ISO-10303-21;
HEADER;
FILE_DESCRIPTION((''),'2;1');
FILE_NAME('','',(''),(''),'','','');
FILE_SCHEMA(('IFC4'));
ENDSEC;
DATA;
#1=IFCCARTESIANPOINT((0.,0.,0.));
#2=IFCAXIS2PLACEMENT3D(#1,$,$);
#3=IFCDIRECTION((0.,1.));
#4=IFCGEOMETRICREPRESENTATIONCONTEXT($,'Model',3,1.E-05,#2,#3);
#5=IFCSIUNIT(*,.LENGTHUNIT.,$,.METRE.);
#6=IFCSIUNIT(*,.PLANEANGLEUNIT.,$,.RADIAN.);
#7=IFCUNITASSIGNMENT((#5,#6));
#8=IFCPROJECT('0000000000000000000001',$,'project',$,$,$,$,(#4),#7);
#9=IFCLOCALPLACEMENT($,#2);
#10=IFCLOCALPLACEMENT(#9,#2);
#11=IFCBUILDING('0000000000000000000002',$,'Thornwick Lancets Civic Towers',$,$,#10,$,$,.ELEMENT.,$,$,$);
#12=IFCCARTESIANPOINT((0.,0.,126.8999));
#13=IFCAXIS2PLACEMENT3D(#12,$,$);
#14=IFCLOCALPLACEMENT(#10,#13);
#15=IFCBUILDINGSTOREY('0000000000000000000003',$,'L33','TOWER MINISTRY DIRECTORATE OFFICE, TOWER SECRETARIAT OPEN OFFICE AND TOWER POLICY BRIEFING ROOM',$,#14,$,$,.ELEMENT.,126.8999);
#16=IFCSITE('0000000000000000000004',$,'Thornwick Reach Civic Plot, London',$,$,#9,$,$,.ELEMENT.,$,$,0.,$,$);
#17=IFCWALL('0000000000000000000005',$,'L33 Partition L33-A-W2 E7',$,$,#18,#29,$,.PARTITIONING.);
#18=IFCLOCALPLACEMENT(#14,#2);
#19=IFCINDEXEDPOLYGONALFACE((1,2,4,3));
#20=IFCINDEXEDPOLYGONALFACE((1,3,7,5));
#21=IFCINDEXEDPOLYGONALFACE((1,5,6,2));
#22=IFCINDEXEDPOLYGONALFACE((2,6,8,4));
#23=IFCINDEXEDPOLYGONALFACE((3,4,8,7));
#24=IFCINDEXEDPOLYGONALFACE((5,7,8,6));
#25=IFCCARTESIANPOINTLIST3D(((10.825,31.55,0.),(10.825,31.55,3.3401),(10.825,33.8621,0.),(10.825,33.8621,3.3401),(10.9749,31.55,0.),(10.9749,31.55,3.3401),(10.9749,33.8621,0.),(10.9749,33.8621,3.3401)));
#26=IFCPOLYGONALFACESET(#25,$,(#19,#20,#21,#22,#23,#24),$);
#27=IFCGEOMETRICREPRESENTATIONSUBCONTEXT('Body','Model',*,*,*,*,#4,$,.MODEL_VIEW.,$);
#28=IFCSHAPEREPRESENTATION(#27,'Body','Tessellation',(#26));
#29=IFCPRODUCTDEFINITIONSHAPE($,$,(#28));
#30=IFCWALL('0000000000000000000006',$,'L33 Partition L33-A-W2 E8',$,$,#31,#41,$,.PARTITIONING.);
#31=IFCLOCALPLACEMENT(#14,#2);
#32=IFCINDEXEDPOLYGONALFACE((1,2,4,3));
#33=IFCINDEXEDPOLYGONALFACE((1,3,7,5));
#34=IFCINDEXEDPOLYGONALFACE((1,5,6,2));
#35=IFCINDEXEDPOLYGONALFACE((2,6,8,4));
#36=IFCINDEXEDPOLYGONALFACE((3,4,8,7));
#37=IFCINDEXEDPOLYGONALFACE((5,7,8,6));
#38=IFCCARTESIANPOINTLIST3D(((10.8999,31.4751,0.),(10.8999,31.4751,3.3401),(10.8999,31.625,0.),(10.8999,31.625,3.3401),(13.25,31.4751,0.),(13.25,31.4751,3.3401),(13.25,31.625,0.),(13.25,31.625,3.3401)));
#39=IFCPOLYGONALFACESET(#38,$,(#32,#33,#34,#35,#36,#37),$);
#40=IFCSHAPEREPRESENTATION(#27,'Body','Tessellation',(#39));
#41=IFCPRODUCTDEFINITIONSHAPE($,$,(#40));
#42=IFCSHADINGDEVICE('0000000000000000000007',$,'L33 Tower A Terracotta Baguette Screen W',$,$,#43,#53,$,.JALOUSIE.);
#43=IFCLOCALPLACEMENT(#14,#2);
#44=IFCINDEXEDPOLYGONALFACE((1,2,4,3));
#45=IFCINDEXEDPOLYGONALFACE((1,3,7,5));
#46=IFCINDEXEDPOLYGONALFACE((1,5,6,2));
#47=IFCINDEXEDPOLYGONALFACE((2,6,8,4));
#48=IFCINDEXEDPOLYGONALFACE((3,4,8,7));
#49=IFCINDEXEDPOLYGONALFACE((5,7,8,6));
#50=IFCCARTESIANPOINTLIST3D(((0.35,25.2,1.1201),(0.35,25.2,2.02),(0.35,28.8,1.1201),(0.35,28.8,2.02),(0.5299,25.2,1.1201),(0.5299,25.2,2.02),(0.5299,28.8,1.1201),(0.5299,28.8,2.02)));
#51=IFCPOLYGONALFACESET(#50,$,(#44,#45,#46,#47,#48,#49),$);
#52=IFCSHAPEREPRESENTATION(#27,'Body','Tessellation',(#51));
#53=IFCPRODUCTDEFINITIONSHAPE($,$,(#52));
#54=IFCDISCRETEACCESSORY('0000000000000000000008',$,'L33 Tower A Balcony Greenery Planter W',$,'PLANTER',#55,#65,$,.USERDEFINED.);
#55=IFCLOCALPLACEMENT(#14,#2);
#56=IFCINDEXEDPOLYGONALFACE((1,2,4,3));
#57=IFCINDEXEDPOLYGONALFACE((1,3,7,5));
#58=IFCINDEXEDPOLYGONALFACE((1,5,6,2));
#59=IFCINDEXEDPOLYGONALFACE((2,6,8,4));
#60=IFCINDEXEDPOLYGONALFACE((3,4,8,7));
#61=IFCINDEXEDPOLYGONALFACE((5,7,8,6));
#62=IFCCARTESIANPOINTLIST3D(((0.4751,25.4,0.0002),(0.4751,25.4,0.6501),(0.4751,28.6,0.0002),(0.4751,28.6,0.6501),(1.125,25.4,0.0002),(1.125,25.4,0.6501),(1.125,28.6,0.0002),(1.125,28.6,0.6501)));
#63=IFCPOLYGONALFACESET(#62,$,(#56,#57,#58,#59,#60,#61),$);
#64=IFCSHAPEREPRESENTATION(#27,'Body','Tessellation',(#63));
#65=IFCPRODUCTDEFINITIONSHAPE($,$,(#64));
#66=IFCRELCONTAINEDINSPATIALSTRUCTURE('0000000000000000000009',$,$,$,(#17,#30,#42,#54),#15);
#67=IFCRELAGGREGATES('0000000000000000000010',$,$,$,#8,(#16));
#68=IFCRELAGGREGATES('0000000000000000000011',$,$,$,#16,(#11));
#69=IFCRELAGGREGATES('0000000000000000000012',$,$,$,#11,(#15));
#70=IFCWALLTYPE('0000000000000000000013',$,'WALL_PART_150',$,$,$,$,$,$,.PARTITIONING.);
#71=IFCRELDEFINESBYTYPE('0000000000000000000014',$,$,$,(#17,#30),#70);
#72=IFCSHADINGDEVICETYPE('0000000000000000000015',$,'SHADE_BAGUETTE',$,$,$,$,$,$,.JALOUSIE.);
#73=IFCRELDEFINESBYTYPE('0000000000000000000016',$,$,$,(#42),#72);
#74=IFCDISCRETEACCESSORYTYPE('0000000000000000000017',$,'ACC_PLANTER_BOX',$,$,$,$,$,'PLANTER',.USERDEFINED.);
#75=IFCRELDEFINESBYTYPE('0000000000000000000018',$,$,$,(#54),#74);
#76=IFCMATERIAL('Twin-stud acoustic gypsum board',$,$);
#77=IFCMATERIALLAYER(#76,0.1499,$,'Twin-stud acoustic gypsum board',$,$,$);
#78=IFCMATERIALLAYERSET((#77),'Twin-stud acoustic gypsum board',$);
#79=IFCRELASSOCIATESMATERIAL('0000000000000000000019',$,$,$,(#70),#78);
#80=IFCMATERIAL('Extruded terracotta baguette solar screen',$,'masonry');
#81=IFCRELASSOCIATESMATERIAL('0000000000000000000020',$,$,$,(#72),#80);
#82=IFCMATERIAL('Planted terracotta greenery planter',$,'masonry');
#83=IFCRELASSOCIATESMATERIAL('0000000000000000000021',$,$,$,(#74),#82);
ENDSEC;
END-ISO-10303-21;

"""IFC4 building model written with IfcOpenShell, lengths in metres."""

from ifc_helpers import new_model, si_unit, direction, frame, frame_2d, origin, origin_2d, place, context, subcontext, project, spatial, rectangle, extrude, material, layer, layer_set, type_object, element, save


model = new_model("IFC4")

# Units and contexts
model_context = context("Model", 3, precision=1e-05, world=origin(), true_north=direction((0.0, 1.0)))
body_context = subcontext(model_context, "Body", "Model", "MODEL_VIEW")
ifc_project = project(units=[si_unit("LENGTHUNIT", "METRE"), si_unit("PLANEANGLEUNIT", "RADIAN")], contexts=[model_context])

# Site, building, storey
site_placement = place(None, origin())
site = spatial("IfcSite", under=ifc_project, at=site_placement, Name="Thornwick Reach Civic Plot, London", CompositionType="ELEMENT", RefElevation=0.0)
building_placement = place(site_placement, origin())
building = spatial("IfcBuilding", under=site, at=building_placement, Name="Thornwick Lancets Civic Towers", CompositionType="ELEMENT")
storey_placement = place(building_placement, frame((0.0, 0.0, 126.8999)))
storey = spatial("IfcBuildingStorey", under=building, at=storey_placement, Name="L33", Description="TOWER MINISTRY DIRECTORATE OFFICE, TOWER SECRETARIAT OPEN OFFICE AND TOWER POLICY BRIEFING ROOM", CompositionType="ELEMENT", Elevation=126.8999)

# Walls
ifc_material_1 = material(Name="Twin-stud acoustic gypsum board")
ifc_layer_1 = layer(ifc_material_1, 0.1499, Name="Twin-stud acoustic gypsum board")
ifc_layer_set_1 = layer_set([ifc_layer_1], Name="Twin-stud acoustic gypsum board")
wall_type_1 = type_object("IfcWallType", Name="WALL_PART_150", PredefinedType="PARTITIONING", material=ifc_layer_set_1)
wall_1_placement = place(storey_placement, frame((10.8999, 33.8621, 0.0), z_axis=(0.0, 0.0, 1.0), x_axis=(0.0, -1.0, 0.0)))
element("IfcWall", 1, at=wall_1_placement, inside=storey, type_object=wall_type_1, Name="L33 Partition L33-A-W2 E7", PredefinedType="PARTITIONING", context=body_context, shape_type="SweptSolid", body=[
    extrude(rectangle(XDim=2.312, YDim=0.1499, at=frame_2d((1.156, 0.0))), origin(), (0.0, 0.0, 1.0), 3.3401),
])
wall_2_placement = place(storey_placement, frame((10.8999, 31.55, 0.0), z_axis=(0.0, 0.0, 1.0), x_axis=(1.0, 0.0, 0.0)))
element("IfcWall", 2, at=wall_2_placement, inside=storey, type_object=wall_type_1, Name="L33 Partition L33-A-W2 E8", PredefinedType="PARTITIONING", context=body_context, shape_type="SweptSolid", body=[
    extrude(rectangle(XDim=2.3501, YDim=0.1499, at=frame_2d((1.175, 0.0))), origin(), (0.0, 0.0, 1.0), 3.3401),
])

# Shading device
ifc_material_2 = material(Name="Extruded terracotta baguette solar screen", Category="masonry")
shading_device_type = type_object("IfcShadingDeviceType", Name="SHADE_BAGUETTE", PredefinedType="JALOUSIE", material=ifc_material_2)
shading_device_placement = place(storey_placement, frame((0.4399, 27.0, 1.1201), z_axis=(0.0, 0.0, 1.0), x_axis=(0.0, 1.0, 0.0)))
element("IfcShadingDevice", 3, at=shading_device_placement, inside=storey, type_object=shading_device_type, Name="L33 Tower A Terracotta Baguette Screen W", PredefinedType="JALOUSIE", context=body_context, shape_type="SweptSolid", body=[
    extrude(rectangle(XDim=3.6001, YDim=0.1799, at=origin_2d()), origin(), (0.0, 0.0, 1.0), 0.8999),
])

# Discrete accessory
ifc_material_3 = material(Name="Planted terracotta greenery planter", Category="masonry")
discrete_accessory_type = type_object("IfcDiscreteAccessoryType", Name="ACC_PLANTER_BOX", ElementType="PLANTER", PredefinedType="USERDEFINED", material=ifc_material_3)
discrete_accessory_placement = place(storey_placement, frame((0.8, 27.0, 0.0002), z_axis=(0.0, 0.0, 1.0), x_axis=(1.0, 0.0, 0.0)))
element("IfcDiscreteAccessory", 4, at=discrete_accessory_placement, inside=storey, type_object=discrete_accessory_type, Name="L33 Tower A Balcony Greenery Planter W", ObjectType="PLANTER", PredefinedType="USERDEFINED", context=body_context, shape_type="SweptSolid", body=[
    extrude(rectangle(XDim=0.6499, YDim=3.2, at=origin_2d()), origin(), (0.0, 0.0, 1.0), 0.6499),
])

save(model, "model.ifc")
